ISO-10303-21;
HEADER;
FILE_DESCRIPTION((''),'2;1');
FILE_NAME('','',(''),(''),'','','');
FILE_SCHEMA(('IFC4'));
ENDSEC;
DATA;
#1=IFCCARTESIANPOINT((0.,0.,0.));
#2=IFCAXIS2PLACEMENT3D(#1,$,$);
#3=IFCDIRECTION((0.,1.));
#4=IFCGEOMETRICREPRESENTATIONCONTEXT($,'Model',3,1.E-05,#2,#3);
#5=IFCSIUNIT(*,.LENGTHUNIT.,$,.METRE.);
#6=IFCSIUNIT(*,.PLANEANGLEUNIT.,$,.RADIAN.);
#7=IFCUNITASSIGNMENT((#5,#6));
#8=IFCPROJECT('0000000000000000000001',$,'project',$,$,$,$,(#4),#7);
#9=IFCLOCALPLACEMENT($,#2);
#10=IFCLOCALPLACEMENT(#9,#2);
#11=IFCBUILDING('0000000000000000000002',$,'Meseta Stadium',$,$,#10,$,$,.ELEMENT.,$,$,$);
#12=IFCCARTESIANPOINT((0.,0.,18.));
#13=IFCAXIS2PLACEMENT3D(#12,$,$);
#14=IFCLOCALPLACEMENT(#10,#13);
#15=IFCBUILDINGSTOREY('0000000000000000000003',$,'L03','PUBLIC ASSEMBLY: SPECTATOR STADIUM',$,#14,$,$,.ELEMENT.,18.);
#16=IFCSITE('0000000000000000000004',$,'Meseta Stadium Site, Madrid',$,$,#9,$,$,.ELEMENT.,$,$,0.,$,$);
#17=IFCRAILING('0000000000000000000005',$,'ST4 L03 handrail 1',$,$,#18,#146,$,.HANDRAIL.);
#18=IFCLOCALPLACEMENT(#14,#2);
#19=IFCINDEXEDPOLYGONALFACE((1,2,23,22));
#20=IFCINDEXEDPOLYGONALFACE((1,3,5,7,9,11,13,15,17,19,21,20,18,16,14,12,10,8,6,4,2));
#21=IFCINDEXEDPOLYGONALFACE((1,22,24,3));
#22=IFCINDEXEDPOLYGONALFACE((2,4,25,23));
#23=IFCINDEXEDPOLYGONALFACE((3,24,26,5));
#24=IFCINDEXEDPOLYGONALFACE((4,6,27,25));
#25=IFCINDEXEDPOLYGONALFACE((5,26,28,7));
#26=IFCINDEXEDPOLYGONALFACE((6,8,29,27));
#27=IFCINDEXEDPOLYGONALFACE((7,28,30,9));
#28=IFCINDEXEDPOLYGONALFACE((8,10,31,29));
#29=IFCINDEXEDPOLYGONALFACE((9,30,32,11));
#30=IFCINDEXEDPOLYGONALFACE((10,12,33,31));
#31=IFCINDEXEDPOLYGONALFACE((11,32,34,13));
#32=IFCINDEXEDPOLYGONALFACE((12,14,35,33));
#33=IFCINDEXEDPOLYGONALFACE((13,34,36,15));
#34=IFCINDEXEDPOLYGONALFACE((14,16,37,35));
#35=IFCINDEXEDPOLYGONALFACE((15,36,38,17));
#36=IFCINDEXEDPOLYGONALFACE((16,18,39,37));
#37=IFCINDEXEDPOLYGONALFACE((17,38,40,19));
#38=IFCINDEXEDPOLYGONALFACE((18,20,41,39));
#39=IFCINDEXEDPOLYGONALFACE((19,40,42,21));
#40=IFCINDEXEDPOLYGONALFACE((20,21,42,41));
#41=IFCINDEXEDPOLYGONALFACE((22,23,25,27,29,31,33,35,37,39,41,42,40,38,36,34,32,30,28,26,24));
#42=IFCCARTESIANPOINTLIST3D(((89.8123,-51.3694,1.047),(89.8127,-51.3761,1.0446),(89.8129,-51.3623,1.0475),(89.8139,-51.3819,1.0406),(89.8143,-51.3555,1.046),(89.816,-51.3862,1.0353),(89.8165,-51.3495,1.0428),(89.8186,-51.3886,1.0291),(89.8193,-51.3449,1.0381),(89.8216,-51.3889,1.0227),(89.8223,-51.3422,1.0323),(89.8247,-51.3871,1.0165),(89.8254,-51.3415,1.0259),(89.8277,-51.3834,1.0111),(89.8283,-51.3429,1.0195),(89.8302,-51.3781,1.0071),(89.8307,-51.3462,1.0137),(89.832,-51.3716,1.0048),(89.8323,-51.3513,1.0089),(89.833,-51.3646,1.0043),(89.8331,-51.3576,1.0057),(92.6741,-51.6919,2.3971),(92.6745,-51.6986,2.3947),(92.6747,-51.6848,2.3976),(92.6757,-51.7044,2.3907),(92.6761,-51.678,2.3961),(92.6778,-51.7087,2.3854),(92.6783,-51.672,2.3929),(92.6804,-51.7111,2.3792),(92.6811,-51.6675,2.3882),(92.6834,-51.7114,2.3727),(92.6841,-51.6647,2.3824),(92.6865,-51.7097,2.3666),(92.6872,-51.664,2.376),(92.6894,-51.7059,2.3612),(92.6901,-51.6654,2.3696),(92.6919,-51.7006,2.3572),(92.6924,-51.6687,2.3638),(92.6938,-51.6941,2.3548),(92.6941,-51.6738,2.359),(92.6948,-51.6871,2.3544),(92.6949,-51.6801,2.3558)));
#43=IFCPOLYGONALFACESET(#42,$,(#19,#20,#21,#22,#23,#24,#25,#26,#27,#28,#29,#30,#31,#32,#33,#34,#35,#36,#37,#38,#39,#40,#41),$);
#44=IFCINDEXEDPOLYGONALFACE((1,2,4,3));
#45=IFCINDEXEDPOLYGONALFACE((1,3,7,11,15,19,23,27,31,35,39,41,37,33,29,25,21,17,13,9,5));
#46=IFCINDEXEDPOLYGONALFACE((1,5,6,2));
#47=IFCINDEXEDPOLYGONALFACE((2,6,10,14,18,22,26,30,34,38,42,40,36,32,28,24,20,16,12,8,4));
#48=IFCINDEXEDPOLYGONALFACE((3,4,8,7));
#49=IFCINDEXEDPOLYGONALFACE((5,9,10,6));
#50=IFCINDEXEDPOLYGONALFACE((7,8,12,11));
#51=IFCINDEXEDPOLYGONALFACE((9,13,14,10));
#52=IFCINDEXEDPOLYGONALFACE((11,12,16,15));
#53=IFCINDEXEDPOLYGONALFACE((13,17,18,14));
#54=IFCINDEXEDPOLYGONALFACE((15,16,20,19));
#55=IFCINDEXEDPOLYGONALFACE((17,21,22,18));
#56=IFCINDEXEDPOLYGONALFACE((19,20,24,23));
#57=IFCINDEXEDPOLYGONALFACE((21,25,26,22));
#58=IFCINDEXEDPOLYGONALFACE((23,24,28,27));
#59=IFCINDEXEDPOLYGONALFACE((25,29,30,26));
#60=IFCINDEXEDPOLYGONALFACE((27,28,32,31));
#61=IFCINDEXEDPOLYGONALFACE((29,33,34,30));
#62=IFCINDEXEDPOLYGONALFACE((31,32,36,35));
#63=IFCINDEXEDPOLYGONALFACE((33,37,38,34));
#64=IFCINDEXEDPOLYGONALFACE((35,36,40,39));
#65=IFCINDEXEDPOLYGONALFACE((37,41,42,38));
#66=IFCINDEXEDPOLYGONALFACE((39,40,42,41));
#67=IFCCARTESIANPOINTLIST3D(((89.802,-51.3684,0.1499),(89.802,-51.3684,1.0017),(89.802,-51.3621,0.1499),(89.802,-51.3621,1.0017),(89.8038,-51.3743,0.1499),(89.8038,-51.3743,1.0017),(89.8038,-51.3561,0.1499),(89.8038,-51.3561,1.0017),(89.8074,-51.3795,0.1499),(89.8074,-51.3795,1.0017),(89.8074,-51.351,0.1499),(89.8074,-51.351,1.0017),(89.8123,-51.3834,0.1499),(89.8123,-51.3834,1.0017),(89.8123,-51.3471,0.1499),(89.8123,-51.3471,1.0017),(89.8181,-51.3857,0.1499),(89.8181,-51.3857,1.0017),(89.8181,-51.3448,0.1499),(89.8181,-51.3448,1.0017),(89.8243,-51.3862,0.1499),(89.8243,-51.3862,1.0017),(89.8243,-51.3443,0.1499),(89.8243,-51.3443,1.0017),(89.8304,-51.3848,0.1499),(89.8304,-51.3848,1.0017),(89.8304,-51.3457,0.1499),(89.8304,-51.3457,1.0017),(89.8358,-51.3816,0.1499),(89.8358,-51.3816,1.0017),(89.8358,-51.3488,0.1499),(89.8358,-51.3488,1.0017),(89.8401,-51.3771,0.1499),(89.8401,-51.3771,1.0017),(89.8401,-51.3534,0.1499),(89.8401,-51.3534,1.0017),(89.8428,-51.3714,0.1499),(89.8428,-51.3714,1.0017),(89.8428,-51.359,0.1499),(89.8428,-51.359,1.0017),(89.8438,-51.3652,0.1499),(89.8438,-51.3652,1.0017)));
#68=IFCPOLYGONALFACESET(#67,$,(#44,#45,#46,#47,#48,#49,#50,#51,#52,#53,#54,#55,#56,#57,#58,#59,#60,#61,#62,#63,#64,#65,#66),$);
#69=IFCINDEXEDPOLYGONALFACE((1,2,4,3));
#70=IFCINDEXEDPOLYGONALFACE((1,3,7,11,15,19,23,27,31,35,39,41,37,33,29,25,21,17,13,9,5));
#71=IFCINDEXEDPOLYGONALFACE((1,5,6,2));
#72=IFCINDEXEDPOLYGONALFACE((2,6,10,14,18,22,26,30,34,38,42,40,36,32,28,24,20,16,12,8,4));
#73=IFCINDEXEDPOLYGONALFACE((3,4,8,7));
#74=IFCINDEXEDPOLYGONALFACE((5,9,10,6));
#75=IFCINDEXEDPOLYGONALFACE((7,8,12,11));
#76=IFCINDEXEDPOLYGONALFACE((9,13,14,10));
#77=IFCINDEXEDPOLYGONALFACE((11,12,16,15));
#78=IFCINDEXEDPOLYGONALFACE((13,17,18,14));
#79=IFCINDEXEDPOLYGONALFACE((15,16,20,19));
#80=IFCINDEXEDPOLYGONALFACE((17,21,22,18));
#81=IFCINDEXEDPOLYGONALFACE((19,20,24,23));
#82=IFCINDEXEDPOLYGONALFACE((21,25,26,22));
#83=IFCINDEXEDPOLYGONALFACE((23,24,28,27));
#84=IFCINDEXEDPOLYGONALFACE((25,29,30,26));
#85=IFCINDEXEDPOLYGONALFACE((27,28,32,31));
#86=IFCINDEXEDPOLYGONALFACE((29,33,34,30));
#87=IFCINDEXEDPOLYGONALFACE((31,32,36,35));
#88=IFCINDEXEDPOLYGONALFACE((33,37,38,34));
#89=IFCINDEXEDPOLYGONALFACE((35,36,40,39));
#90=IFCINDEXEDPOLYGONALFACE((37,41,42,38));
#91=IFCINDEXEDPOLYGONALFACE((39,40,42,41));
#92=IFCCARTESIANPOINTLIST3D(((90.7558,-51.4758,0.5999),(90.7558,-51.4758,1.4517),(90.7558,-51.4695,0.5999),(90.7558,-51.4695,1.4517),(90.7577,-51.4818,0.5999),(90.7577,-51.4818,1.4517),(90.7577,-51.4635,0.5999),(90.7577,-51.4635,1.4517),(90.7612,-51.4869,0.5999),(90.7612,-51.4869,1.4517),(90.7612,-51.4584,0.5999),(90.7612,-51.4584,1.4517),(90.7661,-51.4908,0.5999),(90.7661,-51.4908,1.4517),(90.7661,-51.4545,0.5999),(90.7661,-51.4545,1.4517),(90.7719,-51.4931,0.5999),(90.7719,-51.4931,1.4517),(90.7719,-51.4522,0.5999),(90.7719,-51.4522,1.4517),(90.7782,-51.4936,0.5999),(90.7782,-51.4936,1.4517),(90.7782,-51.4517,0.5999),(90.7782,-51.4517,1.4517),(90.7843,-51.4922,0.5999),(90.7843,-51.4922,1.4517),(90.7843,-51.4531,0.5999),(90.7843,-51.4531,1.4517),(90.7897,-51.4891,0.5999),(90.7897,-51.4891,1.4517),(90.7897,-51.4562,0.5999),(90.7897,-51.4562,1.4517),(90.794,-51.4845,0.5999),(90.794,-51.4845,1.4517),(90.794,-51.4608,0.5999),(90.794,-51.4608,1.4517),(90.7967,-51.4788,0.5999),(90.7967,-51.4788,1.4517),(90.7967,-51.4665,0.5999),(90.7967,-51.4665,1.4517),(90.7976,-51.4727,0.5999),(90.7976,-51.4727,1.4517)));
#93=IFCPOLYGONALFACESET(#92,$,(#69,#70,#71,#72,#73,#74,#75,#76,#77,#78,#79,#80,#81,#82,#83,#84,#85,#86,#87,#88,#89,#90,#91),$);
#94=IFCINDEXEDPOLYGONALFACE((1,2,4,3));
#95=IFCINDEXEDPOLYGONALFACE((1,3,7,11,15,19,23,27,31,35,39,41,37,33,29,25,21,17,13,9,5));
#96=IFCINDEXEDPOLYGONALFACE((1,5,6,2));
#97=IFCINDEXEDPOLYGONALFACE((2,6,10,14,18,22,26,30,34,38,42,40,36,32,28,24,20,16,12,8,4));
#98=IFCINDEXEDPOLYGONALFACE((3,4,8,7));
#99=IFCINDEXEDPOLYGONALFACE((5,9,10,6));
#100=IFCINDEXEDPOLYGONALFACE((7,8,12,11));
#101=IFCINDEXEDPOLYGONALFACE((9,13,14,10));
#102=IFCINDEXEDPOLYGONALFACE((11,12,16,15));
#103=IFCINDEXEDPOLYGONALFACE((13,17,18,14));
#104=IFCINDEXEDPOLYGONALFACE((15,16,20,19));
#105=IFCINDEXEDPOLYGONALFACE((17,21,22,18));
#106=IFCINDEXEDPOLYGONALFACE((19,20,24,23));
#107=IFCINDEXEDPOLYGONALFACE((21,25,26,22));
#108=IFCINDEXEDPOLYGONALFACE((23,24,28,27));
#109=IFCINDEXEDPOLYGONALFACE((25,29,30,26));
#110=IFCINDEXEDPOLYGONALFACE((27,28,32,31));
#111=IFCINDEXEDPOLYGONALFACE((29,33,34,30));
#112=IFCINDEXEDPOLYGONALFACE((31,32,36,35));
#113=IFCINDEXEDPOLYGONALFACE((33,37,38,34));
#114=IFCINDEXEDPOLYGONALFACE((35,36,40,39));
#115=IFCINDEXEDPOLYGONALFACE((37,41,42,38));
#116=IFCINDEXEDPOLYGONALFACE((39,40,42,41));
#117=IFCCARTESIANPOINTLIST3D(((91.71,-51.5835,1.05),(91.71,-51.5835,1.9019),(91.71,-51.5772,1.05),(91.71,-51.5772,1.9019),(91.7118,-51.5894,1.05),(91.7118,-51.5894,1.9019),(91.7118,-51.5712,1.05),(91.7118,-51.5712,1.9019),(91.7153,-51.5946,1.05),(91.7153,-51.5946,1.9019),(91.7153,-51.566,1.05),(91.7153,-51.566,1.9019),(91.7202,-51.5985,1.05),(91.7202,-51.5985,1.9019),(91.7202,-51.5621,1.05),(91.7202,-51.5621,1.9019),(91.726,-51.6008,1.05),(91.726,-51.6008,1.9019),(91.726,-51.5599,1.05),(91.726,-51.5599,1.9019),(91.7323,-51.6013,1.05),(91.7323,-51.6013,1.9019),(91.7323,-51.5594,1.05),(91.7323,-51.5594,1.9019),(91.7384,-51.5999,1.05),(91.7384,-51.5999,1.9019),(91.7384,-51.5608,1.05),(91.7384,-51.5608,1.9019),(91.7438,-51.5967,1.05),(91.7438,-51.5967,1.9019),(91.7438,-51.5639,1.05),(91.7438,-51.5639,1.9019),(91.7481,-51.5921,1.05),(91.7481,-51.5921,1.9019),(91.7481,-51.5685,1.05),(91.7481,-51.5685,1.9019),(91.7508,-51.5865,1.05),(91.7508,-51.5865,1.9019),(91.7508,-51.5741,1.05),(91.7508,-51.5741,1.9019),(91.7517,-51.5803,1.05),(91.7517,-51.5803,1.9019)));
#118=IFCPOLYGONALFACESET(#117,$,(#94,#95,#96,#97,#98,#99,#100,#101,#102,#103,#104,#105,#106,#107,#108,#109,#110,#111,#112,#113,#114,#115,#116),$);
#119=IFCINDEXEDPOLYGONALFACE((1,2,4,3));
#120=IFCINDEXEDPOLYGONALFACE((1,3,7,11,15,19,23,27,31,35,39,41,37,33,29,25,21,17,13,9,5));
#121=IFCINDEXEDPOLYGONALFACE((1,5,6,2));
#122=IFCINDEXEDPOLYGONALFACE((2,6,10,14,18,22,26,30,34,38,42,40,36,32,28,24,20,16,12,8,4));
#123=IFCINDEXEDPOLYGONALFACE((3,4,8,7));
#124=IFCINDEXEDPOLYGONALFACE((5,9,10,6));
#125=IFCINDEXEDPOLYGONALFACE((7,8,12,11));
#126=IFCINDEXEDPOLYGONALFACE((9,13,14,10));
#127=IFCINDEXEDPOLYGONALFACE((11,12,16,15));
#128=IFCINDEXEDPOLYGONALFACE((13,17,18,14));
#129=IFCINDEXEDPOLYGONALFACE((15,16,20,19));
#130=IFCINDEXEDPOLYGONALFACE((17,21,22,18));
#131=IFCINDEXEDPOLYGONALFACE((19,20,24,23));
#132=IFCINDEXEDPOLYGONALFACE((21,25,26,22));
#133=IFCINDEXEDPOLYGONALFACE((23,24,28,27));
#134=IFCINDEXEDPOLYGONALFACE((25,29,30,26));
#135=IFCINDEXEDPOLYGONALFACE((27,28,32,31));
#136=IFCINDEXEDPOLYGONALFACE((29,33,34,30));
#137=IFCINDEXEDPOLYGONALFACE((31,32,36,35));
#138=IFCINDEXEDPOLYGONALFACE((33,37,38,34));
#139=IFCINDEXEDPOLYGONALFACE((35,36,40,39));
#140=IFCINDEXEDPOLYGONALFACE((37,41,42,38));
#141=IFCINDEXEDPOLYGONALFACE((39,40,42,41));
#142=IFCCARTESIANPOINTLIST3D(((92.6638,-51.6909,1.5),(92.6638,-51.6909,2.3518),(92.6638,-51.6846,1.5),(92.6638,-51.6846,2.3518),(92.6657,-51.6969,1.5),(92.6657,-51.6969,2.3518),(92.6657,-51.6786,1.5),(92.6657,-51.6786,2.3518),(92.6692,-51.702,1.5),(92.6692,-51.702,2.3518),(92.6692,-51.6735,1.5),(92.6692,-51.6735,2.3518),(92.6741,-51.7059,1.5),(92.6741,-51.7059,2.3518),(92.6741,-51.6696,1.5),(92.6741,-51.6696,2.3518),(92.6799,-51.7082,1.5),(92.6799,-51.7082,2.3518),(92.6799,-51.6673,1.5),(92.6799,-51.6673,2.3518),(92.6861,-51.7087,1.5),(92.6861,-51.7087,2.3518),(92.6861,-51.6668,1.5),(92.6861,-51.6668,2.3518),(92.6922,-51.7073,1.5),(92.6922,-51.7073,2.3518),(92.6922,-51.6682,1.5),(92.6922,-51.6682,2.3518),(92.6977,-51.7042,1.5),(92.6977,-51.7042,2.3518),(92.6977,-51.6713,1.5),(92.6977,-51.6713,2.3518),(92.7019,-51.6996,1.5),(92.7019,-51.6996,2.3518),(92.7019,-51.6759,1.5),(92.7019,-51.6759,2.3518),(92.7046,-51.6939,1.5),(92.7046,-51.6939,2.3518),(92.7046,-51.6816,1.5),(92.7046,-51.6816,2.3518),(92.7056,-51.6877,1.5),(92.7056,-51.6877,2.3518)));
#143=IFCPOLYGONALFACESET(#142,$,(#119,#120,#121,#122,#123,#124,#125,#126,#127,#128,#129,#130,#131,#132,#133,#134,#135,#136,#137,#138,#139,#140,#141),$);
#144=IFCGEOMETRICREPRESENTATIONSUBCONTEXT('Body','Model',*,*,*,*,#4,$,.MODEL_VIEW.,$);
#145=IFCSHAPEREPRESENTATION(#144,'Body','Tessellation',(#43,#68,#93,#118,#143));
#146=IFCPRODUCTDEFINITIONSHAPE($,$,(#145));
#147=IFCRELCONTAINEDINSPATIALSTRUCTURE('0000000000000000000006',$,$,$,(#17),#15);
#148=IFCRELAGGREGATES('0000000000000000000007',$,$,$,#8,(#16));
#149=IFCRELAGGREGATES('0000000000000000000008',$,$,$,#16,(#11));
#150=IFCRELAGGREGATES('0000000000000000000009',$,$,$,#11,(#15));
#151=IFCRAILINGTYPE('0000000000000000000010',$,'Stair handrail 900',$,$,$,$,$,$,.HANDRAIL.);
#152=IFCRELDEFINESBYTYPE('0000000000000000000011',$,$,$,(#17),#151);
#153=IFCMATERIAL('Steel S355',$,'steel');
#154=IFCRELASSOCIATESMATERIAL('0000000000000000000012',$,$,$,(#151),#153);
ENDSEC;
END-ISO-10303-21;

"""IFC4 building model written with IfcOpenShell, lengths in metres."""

from ifc_helpers import new_model, si_unit, direction, frame, origin, origin_2d, place, context, subcontext, project, spatial, circle, extrude, material, type_object, element, save


model = new_model("IFC4")

# Units and contexts
model_context = context("Model", 3, precision=1e-05, world=origin(), true_north=direction((0.0, 1.0)))
body_context = subcontext(model_context, "Body", "Model", "MODEL_VIEW")
ifc_project = project(units=[si_unit("LENGTHUNIT", "METRE"), si_unit("PLANEANGLEUNIT", "RADIAN")], contexts=[model_context])

# Site, building, storey
site_placement = place(None, origin())
site = spatial("IfcSite", under=ifc_project, at=site_placement, Name="Meseta Stadium Site, Madrid", CompositionType="ELEMENT", RefElevation=0.0)
building_placement = place(site_placement, origin())
building = spatial("IfcBuilding", under=site, at=building_placement, Name="Meseta Stadium", CompositionType="ELEMENT")
storey_placement = place(building_placement, frame((0.0, 0.0, 18.0)))
storey = spatial("IfcBuildingStorey", under=building, at=storey_placement, Name="L03", Description="PUBLIC ASSEMBLY: SPECTATOR STADIUM", CompositionType="ELEMENT", Elevation=18.0)

# Railing
ifc_material_1 = material(Name="Steel S355", Category="steel")
railing_type_1 = type_object("IfcRailingType", Name="Stair handrail 900", PredefinedType="HANDRAIL", material=ifc_material_1)
for number, where, name in (
    (1, (89.8228, -51.3652, 0.1499), "ST4 L03 handrail 1"),
):
    element("IfcRailing", number, at=place(storey_placement, frame(where)), inside=storey, type_object=railing_type_1, Name=name, PredefinedType="HANDRAIL", context=body_context, shape_type="SweptSolid", body=[
        extrude(circle(Radius=0.0239, at=origin_2d()), frame((0.0, 0.0, 0.876), z_axis=(0.899748, -0.101396, 0.424467), x_axis=(0.111985, 0.99371, 0.0)), (0.0, 0.0, 1.0), 3.1807),
        extrude(circle(Radius=0.021, at=origin_2d()), origin(), (0.0, 0.0, 1.0), 0.8518),
        extrude(circle(Radius=0.021, at=origin_2d()), frame((0.9539, -0.1074, 0.45)), (0.0, 0.0, 1.0), 0.8518),
        extrude(circle(Radius=0.021, at=origin_2d()), frame((1.908, -0.2151, 0.9001)), (0.0, 0.0, 1.0), 0.8518),
        extrude(circle(Radius=0.021, at=origin_2d()), frame((2.8618, -0.3225, 1.3501)), (0.0, 0.0, 1.0), 0.8518),
    ])

save(model, "model.ifc")
